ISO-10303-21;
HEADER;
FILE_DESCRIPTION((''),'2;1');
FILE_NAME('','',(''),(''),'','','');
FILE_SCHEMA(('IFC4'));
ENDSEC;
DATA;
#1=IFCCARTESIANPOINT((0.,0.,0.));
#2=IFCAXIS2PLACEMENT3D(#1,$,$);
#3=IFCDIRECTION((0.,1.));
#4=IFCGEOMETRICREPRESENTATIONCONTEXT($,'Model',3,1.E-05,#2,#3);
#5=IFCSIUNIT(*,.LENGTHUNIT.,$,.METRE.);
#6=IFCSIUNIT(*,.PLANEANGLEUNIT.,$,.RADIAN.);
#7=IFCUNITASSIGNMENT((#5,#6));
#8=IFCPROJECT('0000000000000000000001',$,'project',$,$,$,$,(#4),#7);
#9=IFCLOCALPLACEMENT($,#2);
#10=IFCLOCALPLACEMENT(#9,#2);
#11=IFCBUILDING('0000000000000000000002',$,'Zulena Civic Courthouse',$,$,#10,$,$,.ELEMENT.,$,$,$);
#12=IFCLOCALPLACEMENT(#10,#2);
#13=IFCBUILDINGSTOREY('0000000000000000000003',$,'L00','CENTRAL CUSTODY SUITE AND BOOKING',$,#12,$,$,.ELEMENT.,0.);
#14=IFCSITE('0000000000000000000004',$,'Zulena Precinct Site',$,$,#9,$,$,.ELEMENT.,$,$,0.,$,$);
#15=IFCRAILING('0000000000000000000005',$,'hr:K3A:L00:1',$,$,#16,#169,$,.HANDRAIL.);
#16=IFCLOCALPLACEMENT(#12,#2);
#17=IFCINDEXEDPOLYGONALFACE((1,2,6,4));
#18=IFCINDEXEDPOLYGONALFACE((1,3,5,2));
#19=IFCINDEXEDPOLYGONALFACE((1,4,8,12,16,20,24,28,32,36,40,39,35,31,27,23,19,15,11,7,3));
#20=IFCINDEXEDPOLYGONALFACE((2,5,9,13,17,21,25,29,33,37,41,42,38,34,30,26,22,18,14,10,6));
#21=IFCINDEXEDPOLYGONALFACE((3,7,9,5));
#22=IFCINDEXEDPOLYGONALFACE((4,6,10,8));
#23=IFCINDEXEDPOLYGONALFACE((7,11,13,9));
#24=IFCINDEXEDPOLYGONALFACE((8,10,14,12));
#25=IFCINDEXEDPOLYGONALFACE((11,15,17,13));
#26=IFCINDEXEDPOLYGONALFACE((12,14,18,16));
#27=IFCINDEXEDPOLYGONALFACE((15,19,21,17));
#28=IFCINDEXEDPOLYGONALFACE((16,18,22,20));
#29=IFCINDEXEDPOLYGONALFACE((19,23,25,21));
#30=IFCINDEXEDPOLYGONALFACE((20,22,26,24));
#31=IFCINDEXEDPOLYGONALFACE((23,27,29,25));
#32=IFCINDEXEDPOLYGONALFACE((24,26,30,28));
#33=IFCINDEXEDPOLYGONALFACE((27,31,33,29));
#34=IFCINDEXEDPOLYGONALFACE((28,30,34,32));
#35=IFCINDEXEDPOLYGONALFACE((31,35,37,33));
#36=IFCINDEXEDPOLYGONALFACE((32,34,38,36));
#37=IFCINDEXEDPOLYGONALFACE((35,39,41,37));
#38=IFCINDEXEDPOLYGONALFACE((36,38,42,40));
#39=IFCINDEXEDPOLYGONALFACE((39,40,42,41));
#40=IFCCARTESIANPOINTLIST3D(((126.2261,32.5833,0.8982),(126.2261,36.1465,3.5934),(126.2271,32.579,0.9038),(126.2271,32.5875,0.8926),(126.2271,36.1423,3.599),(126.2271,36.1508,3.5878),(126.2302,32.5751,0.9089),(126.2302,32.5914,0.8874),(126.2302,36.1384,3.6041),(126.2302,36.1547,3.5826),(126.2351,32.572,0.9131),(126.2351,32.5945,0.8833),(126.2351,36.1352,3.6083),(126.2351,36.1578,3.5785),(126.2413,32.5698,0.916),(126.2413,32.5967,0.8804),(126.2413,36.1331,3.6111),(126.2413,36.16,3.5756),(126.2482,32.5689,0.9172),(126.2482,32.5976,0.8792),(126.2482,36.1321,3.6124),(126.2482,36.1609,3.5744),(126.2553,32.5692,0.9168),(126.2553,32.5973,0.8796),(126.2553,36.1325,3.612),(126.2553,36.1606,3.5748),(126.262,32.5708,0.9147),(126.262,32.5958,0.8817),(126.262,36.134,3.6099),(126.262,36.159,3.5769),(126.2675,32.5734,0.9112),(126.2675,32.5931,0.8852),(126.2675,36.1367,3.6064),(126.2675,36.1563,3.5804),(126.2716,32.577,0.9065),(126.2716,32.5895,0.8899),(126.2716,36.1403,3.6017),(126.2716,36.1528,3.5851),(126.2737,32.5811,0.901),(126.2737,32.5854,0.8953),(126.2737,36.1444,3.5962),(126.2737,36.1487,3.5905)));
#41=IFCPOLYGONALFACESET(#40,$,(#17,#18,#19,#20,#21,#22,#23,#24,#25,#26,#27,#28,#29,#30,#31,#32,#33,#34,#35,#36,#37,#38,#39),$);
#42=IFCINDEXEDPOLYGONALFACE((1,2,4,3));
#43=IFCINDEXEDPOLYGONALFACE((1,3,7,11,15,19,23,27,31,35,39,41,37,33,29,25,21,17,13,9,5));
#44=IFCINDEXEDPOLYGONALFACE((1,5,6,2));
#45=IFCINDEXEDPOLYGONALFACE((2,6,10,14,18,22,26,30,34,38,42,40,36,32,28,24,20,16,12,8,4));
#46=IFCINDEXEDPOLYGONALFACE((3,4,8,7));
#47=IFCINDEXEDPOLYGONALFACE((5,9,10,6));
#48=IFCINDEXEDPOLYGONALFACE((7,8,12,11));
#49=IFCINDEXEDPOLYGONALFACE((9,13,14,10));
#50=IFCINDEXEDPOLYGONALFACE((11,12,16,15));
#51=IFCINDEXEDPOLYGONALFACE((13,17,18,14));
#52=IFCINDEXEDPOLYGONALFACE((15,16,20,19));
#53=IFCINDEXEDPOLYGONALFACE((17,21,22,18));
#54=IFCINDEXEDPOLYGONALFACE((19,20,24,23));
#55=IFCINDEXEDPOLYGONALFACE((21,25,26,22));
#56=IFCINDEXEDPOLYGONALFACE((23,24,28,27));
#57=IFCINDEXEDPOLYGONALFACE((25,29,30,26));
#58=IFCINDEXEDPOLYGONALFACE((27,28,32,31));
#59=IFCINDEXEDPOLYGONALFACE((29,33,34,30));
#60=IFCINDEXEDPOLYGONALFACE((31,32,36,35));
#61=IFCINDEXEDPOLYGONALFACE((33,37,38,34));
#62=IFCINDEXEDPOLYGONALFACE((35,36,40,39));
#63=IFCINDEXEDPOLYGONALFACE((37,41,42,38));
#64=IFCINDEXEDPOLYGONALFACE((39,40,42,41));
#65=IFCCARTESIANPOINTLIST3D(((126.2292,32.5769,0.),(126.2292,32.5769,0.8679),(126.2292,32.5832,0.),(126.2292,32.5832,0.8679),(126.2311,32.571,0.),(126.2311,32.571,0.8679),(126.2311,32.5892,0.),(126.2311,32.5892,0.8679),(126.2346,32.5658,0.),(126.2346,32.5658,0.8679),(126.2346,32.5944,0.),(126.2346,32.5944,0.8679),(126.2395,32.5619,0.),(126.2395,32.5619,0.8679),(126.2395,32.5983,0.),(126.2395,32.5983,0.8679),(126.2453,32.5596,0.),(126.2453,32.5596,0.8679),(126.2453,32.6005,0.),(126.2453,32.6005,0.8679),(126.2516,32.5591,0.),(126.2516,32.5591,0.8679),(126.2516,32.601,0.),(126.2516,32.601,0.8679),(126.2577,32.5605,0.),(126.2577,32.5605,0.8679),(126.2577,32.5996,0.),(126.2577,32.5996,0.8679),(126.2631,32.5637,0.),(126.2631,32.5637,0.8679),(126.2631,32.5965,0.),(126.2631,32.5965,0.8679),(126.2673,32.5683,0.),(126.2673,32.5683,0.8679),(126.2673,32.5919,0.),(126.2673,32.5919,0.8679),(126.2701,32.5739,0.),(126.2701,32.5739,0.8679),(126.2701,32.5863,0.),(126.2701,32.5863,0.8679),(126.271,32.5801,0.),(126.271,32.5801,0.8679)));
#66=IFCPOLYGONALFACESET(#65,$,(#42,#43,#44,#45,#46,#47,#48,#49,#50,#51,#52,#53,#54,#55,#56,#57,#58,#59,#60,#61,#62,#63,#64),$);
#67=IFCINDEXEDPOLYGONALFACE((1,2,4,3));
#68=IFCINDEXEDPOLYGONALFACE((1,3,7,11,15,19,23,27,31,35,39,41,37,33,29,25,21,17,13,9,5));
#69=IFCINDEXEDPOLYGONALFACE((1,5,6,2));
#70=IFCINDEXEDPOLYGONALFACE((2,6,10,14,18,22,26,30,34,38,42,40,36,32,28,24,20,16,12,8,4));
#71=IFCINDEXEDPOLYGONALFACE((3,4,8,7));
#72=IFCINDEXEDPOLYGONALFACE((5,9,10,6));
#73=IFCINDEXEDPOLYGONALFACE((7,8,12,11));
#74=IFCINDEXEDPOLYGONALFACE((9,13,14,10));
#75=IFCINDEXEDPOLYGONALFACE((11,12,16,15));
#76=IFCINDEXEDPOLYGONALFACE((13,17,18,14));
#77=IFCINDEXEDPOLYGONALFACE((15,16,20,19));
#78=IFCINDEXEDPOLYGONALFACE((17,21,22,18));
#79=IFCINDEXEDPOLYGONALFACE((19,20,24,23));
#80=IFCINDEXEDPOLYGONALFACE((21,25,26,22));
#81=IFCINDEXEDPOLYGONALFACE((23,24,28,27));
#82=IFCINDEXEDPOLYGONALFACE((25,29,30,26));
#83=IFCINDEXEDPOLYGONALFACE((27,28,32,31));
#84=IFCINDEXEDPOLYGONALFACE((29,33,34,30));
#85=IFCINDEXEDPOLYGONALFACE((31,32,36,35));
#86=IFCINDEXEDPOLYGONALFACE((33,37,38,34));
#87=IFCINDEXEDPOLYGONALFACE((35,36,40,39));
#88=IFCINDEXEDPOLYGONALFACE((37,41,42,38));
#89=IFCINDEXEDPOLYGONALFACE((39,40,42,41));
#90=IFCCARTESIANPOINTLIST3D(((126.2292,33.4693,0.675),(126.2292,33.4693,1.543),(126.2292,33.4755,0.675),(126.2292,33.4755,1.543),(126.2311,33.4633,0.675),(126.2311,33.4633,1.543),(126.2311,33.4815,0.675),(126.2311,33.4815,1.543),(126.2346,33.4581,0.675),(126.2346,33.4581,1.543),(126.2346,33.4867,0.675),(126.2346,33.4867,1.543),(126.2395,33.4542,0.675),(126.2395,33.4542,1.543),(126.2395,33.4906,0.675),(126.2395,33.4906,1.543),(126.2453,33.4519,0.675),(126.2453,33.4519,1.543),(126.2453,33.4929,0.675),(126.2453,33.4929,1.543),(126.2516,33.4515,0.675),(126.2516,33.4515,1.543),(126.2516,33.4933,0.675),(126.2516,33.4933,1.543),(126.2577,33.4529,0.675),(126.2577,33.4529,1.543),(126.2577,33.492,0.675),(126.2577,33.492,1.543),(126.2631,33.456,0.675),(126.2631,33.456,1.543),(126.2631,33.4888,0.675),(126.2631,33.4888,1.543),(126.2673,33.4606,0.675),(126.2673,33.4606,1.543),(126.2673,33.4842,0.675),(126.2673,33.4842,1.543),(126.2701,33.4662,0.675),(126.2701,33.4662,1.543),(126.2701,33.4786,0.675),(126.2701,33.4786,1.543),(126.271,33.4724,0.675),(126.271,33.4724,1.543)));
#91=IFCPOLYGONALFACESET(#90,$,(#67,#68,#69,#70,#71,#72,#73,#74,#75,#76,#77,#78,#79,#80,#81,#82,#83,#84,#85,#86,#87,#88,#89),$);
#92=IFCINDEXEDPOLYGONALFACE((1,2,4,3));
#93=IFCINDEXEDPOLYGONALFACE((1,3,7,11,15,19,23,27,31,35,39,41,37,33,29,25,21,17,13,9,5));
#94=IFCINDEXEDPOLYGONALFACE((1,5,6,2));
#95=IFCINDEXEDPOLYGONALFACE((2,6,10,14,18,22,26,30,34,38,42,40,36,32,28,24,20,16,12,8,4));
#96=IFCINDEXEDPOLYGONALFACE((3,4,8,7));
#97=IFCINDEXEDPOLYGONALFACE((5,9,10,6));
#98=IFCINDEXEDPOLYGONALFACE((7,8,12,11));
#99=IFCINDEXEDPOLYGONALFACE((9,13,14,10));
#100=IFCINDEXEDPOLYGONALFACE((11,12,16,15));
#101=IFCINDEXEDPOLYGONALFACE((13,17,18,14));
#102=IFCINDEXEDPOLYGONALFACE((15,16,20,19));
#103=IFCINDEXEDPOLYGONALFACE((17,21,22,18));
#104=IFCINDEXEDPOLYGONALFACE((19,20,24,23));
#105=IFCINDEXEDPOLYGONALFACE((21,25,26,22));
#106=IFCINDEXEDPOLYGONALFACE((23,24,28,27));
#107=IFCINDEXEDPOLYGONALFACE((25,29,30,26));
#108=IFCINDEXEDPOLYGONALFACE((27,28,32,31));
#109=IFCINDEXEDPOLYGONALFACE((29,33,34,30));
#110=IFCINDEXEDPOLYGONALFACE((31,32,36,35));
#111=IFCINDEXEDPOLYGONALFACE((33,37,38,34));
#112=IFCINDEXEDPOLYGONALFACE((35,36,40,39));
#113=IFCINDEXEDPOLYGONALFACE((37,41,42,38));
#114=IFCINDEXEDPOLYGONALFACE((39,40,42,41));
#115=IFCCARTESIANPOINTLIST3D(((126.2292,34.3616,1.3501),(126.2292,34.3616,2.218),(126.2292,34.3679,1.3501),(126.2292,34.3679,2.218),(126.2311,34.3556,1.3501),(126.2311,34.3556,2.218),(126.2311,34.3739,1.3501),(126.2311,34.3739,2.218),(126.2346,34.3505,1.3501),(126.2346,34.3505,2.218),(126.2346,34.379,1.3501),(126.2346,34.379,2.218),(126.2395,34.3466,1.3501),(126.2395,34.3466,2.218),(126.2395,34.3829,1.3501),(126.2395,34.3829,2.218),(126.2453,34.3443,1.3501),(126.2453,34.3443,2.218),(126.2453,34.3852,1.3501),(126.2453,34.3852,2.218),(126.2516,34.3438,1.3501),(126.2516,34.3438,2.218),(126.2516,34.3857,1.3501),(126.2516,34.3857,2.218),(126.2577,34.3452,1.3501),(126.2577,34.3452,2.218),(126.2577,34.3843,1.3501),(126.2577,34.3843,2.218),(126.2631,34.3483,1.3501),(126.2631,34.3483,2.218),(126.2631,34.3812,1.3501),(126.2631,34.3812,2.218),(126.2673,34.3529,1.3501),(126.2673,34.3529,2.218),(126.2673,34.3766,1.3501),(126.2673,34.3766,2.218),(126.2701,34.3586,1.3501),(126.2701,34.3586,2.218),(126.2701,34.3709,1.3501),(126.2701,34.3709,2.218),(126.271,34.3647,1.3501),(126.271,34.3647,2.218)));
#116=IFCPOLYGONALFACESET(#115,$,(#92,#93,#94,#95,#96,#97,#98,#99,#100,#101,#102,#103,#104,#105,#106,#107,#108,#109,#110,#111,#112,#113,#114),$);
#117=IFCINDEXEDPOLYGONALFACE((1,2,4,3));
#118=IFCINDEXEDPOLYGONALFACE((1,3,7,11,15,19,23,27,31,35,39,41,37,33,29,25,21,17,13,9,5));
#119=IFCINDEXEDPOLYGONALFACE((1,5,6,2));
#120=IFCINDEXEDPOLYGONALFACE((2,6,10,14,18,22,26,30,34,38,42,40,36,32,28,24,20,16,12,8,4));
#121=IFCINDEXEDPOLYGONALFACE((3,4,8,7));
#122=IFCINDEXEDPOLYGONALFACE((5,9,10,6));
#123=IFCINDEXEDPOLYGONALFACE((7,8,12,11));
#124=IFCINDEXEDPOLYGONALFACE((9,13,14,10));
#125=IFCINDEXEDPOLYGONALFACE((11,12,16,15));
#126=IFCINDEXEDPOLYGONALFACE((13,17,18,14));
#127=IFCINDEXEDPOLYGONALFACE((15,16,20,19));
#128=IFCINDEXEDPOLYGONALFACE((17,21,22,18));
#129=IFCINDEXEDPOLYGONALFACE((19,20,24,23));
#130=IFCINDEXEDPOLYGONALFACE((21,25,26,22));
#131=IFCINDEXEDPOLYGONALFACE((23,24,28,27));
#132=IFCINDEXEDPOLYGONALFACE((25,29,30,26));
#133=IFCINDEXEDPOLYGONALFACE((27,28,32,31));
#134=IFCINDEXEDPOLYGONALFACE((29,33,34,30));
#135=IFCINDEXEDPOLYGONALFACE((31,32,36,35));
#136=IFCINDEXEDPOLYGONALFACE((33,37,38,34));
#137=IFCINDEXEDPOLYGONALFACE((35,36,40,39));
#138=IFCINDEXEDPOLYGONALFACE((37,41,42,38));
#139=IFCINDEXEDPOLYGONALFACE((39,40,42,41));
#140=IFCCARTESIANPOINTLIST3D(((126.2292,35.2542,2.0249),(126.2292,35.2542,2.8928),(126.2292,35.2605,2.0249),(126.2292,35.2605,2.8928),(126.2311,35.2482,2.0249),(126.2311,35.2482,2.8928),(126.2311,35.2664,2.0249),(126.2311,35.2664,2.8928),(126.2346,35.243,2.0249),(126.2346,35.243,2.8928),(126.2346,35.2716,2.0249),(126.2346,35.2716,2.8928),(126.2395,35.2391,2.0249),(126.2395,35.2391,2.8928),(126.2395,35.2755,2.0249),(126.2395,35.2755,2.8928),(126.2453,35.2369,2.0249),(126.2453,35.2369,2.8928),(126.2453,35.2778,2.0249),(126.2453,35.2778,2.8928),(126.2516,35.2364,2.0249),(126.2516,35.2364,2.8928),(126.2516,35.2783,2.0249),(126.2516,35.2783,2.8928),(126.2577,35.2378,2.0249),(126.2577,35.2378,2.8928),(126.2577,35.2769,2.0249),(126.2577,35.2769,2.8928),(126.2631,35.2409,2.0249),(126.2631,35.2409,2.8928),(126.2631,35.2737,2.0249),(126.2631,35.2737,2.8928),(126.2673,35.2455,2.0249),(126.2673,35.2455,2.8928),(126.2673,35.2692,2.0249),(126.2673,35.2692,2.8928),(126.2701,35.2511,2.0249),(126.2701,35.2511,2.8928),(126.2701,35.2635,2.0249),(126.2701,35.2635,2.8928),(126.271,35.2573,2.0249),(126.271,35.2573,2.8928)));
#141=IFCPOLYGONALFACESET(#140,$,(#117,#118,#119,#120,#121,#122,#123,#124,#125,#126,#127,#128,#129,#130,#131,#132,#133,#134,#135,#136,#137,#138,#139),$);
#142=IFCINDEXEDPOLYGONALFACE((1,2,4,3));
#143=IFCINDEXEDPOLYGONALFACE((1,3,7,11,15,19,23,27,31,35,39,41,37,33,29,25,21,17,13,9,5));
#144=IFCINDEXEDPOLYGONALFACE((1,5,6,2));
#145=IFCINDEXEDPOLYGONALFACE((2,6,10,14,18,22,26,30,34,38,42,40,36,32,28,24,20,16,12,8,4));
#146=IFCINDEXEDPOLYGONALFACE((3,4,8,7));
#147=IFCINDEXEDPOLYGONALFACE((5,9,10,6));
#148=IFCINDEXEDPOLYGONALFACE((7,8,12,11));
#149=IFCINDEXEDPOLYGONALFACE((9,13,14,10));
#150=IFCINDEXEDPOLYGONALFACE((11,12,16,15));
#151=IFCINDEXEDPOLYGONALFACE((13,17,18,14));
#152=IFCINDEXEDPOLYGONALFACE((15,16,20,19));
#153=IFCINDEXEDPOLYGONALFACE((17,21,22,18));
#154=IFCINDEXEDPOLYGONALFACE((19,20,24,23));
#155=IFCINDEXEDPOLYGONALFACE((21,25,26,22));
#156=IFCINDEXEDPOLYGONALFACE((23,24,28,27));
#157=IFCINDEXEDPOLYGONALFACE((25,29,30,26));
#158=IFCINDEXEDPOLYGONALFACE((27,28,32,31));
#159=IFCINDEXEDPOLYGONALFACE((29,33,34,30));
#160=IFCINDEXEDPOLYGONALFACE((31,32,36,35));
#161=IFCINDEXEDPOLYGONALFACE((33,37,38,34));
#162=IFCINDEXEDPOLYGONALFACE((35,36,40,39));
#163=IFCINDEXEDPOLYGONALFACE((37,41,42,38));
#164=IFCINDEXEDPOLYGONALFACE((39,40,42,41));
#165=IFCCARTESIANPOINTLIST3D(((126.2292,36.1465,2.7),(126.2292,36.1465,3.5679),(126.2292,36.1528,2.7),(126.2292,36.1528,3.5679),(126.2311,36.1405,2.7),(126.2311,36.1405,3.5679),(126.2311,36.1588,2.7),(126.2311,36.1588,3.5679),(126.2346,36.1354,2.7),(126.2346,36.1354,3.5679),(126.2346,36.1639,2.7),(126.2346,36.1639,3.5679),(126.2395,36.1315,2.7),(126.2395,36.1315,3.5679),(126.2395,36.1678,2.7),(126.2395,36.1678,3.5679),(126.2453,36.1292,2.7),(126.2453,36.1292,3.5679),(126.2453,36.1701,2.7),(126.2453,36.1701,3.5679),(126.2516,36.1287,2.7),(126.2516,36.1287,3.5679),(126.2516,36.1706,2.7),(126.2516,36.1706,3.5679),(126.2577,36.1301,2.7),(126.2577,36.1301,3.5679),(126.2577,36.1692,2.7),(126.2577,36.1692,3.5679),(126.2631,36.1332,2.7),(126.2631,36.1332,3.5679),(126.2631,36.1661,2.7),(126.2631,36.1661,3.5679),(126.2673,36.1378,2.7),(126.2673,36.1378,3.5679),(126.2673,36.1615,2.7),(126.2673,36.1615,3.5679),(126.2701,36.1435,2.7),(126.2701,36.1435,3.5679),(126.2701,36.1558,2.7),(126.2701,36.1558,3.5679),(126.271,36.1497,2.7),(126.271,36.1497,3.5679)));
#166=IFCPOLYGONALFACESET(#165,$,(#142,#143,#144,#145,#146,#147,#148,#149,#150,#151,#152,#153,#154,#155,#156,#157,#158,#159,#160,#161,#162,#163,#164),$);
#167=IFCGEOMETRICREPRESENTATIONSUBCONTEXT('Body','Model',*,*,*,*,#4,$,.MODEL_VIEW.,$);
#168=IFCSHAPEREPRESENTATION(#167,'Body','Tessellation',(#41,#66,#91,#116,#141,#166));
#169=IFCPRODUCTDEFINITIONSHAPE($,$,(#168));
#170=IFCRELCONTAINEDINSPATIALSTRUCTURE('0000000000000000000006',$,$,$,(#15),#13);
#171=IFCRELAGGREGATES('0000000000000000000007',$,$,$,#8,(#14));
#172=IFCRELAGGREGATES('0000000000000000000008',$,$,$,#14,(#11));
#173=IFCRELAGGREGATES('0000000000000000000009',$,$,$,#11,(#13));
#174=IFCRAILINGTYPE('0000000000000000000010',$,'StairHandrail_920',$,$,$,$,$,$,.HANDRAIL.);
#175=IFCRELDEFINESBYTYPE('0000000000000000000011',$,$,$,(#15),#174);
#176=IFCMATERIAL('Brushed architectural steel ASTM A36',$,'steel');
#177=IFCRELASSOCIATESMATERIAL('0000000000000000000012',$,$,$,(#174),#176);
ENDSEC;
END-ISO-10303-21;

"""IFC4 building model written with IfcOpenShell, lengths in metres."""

from ifc_helpers import new_model, si_unit, direction, frame, origin, origin_2d, place, context, subcontext, project, spatial, circle, extrude, material, type_object, element, save


model = new_model("IFC4")

# Units and contexts
model_context = context("Model", 3, precision=1e-05, world=origin(), true_north=direction((0.0, 1.0)))
body_context = subcontext(model_context, "Body", "Model", "MODEL_VIEW")
ifc_project = project(units=[si_unit("LENGTHUNIT", "METRE"), si_unit("PLANEANGLEUNIT", "RADIAN")], contexts=[model_context])

# Site, building, storey
site_placement = place(None, origin())
site = spatial("IfcSite", under=ifc_project, at=site_placement, Name="Zulena Precinct Site", CompositionType="ELEMENT", RefElevation=0.0)
building_placement = place(site_placement, origin())
building = spatial("IfcBuilding", under=site, at=building_placement, Name="Zulena Civic Courthouse", CompositionType="ELEMENT")
storey_placement = place(building_placement, origin())
storey = spatial("IfcBuildingStorey", under=building, at=storey_placement, Name="L00", Description="CENTRAL CUSTODY SUITE AND BOOKING", CompositionType="ELEMENT", Elevation=0.0)

# Railing
ifc_material_1 = material(Name="Brushed architectural steel ASTM A36", Category="steel")
railing_type_1 = type_object("IfcRailingType", Name="StairHandrail_920", PredefinedType="HANDRAIL", material=ifc_material_1)
railing_1_placement = place(storey_placement, frame((126.25, 32.5801, 0.0)))
element("IfcRailing", 1, at=railing_1_placement, inside=storey, type_object=railing_type_1, Name="hr:K3A:L00:1", PredefinedType="HANDRAIL", context=body_context, shape_type="SweptSolid", body=[
    extrude(circle(Radius=0.0239, at=origin_2d()), frame((0.0, 0.0032, 0.8982), z_axis=(0.0, 0.797552, 0.60325), x_axis=(-1.0, 0.0, 0.0)), (0.0, 0.0, 1.0), 4.4678),
    extrude(circle(Radius=0.021, at=origin_2d()), origin(), (0.0, 0.0, 1.0), 0.8679),
    extrude(circle(Radius=0.021, at=origin_2d()), frame((0.0, 0.8923, 0.675)), (0.0, 0.0, 1.0), 0.8679),
    extrude(circle(Radius=0.021, at=origin_2d()), frame((0.0, 1.7847, 1.3501)), (0.0, 0.0, 1.0), 0.8679),
    extrude(circle(Radius=0.021, at=origin_2d()), frame((0.0, 2.6772, 2.0249)), (0.0, 0.0, 1.0), 0.8679),
    extrude(circle(Radius=0.021, at=origin_2d()), frame((0.0, 3.5696, 2.7)), (0.0, 0.0, 1.0), 0.8679),
])

save(model, "model.ifc")
